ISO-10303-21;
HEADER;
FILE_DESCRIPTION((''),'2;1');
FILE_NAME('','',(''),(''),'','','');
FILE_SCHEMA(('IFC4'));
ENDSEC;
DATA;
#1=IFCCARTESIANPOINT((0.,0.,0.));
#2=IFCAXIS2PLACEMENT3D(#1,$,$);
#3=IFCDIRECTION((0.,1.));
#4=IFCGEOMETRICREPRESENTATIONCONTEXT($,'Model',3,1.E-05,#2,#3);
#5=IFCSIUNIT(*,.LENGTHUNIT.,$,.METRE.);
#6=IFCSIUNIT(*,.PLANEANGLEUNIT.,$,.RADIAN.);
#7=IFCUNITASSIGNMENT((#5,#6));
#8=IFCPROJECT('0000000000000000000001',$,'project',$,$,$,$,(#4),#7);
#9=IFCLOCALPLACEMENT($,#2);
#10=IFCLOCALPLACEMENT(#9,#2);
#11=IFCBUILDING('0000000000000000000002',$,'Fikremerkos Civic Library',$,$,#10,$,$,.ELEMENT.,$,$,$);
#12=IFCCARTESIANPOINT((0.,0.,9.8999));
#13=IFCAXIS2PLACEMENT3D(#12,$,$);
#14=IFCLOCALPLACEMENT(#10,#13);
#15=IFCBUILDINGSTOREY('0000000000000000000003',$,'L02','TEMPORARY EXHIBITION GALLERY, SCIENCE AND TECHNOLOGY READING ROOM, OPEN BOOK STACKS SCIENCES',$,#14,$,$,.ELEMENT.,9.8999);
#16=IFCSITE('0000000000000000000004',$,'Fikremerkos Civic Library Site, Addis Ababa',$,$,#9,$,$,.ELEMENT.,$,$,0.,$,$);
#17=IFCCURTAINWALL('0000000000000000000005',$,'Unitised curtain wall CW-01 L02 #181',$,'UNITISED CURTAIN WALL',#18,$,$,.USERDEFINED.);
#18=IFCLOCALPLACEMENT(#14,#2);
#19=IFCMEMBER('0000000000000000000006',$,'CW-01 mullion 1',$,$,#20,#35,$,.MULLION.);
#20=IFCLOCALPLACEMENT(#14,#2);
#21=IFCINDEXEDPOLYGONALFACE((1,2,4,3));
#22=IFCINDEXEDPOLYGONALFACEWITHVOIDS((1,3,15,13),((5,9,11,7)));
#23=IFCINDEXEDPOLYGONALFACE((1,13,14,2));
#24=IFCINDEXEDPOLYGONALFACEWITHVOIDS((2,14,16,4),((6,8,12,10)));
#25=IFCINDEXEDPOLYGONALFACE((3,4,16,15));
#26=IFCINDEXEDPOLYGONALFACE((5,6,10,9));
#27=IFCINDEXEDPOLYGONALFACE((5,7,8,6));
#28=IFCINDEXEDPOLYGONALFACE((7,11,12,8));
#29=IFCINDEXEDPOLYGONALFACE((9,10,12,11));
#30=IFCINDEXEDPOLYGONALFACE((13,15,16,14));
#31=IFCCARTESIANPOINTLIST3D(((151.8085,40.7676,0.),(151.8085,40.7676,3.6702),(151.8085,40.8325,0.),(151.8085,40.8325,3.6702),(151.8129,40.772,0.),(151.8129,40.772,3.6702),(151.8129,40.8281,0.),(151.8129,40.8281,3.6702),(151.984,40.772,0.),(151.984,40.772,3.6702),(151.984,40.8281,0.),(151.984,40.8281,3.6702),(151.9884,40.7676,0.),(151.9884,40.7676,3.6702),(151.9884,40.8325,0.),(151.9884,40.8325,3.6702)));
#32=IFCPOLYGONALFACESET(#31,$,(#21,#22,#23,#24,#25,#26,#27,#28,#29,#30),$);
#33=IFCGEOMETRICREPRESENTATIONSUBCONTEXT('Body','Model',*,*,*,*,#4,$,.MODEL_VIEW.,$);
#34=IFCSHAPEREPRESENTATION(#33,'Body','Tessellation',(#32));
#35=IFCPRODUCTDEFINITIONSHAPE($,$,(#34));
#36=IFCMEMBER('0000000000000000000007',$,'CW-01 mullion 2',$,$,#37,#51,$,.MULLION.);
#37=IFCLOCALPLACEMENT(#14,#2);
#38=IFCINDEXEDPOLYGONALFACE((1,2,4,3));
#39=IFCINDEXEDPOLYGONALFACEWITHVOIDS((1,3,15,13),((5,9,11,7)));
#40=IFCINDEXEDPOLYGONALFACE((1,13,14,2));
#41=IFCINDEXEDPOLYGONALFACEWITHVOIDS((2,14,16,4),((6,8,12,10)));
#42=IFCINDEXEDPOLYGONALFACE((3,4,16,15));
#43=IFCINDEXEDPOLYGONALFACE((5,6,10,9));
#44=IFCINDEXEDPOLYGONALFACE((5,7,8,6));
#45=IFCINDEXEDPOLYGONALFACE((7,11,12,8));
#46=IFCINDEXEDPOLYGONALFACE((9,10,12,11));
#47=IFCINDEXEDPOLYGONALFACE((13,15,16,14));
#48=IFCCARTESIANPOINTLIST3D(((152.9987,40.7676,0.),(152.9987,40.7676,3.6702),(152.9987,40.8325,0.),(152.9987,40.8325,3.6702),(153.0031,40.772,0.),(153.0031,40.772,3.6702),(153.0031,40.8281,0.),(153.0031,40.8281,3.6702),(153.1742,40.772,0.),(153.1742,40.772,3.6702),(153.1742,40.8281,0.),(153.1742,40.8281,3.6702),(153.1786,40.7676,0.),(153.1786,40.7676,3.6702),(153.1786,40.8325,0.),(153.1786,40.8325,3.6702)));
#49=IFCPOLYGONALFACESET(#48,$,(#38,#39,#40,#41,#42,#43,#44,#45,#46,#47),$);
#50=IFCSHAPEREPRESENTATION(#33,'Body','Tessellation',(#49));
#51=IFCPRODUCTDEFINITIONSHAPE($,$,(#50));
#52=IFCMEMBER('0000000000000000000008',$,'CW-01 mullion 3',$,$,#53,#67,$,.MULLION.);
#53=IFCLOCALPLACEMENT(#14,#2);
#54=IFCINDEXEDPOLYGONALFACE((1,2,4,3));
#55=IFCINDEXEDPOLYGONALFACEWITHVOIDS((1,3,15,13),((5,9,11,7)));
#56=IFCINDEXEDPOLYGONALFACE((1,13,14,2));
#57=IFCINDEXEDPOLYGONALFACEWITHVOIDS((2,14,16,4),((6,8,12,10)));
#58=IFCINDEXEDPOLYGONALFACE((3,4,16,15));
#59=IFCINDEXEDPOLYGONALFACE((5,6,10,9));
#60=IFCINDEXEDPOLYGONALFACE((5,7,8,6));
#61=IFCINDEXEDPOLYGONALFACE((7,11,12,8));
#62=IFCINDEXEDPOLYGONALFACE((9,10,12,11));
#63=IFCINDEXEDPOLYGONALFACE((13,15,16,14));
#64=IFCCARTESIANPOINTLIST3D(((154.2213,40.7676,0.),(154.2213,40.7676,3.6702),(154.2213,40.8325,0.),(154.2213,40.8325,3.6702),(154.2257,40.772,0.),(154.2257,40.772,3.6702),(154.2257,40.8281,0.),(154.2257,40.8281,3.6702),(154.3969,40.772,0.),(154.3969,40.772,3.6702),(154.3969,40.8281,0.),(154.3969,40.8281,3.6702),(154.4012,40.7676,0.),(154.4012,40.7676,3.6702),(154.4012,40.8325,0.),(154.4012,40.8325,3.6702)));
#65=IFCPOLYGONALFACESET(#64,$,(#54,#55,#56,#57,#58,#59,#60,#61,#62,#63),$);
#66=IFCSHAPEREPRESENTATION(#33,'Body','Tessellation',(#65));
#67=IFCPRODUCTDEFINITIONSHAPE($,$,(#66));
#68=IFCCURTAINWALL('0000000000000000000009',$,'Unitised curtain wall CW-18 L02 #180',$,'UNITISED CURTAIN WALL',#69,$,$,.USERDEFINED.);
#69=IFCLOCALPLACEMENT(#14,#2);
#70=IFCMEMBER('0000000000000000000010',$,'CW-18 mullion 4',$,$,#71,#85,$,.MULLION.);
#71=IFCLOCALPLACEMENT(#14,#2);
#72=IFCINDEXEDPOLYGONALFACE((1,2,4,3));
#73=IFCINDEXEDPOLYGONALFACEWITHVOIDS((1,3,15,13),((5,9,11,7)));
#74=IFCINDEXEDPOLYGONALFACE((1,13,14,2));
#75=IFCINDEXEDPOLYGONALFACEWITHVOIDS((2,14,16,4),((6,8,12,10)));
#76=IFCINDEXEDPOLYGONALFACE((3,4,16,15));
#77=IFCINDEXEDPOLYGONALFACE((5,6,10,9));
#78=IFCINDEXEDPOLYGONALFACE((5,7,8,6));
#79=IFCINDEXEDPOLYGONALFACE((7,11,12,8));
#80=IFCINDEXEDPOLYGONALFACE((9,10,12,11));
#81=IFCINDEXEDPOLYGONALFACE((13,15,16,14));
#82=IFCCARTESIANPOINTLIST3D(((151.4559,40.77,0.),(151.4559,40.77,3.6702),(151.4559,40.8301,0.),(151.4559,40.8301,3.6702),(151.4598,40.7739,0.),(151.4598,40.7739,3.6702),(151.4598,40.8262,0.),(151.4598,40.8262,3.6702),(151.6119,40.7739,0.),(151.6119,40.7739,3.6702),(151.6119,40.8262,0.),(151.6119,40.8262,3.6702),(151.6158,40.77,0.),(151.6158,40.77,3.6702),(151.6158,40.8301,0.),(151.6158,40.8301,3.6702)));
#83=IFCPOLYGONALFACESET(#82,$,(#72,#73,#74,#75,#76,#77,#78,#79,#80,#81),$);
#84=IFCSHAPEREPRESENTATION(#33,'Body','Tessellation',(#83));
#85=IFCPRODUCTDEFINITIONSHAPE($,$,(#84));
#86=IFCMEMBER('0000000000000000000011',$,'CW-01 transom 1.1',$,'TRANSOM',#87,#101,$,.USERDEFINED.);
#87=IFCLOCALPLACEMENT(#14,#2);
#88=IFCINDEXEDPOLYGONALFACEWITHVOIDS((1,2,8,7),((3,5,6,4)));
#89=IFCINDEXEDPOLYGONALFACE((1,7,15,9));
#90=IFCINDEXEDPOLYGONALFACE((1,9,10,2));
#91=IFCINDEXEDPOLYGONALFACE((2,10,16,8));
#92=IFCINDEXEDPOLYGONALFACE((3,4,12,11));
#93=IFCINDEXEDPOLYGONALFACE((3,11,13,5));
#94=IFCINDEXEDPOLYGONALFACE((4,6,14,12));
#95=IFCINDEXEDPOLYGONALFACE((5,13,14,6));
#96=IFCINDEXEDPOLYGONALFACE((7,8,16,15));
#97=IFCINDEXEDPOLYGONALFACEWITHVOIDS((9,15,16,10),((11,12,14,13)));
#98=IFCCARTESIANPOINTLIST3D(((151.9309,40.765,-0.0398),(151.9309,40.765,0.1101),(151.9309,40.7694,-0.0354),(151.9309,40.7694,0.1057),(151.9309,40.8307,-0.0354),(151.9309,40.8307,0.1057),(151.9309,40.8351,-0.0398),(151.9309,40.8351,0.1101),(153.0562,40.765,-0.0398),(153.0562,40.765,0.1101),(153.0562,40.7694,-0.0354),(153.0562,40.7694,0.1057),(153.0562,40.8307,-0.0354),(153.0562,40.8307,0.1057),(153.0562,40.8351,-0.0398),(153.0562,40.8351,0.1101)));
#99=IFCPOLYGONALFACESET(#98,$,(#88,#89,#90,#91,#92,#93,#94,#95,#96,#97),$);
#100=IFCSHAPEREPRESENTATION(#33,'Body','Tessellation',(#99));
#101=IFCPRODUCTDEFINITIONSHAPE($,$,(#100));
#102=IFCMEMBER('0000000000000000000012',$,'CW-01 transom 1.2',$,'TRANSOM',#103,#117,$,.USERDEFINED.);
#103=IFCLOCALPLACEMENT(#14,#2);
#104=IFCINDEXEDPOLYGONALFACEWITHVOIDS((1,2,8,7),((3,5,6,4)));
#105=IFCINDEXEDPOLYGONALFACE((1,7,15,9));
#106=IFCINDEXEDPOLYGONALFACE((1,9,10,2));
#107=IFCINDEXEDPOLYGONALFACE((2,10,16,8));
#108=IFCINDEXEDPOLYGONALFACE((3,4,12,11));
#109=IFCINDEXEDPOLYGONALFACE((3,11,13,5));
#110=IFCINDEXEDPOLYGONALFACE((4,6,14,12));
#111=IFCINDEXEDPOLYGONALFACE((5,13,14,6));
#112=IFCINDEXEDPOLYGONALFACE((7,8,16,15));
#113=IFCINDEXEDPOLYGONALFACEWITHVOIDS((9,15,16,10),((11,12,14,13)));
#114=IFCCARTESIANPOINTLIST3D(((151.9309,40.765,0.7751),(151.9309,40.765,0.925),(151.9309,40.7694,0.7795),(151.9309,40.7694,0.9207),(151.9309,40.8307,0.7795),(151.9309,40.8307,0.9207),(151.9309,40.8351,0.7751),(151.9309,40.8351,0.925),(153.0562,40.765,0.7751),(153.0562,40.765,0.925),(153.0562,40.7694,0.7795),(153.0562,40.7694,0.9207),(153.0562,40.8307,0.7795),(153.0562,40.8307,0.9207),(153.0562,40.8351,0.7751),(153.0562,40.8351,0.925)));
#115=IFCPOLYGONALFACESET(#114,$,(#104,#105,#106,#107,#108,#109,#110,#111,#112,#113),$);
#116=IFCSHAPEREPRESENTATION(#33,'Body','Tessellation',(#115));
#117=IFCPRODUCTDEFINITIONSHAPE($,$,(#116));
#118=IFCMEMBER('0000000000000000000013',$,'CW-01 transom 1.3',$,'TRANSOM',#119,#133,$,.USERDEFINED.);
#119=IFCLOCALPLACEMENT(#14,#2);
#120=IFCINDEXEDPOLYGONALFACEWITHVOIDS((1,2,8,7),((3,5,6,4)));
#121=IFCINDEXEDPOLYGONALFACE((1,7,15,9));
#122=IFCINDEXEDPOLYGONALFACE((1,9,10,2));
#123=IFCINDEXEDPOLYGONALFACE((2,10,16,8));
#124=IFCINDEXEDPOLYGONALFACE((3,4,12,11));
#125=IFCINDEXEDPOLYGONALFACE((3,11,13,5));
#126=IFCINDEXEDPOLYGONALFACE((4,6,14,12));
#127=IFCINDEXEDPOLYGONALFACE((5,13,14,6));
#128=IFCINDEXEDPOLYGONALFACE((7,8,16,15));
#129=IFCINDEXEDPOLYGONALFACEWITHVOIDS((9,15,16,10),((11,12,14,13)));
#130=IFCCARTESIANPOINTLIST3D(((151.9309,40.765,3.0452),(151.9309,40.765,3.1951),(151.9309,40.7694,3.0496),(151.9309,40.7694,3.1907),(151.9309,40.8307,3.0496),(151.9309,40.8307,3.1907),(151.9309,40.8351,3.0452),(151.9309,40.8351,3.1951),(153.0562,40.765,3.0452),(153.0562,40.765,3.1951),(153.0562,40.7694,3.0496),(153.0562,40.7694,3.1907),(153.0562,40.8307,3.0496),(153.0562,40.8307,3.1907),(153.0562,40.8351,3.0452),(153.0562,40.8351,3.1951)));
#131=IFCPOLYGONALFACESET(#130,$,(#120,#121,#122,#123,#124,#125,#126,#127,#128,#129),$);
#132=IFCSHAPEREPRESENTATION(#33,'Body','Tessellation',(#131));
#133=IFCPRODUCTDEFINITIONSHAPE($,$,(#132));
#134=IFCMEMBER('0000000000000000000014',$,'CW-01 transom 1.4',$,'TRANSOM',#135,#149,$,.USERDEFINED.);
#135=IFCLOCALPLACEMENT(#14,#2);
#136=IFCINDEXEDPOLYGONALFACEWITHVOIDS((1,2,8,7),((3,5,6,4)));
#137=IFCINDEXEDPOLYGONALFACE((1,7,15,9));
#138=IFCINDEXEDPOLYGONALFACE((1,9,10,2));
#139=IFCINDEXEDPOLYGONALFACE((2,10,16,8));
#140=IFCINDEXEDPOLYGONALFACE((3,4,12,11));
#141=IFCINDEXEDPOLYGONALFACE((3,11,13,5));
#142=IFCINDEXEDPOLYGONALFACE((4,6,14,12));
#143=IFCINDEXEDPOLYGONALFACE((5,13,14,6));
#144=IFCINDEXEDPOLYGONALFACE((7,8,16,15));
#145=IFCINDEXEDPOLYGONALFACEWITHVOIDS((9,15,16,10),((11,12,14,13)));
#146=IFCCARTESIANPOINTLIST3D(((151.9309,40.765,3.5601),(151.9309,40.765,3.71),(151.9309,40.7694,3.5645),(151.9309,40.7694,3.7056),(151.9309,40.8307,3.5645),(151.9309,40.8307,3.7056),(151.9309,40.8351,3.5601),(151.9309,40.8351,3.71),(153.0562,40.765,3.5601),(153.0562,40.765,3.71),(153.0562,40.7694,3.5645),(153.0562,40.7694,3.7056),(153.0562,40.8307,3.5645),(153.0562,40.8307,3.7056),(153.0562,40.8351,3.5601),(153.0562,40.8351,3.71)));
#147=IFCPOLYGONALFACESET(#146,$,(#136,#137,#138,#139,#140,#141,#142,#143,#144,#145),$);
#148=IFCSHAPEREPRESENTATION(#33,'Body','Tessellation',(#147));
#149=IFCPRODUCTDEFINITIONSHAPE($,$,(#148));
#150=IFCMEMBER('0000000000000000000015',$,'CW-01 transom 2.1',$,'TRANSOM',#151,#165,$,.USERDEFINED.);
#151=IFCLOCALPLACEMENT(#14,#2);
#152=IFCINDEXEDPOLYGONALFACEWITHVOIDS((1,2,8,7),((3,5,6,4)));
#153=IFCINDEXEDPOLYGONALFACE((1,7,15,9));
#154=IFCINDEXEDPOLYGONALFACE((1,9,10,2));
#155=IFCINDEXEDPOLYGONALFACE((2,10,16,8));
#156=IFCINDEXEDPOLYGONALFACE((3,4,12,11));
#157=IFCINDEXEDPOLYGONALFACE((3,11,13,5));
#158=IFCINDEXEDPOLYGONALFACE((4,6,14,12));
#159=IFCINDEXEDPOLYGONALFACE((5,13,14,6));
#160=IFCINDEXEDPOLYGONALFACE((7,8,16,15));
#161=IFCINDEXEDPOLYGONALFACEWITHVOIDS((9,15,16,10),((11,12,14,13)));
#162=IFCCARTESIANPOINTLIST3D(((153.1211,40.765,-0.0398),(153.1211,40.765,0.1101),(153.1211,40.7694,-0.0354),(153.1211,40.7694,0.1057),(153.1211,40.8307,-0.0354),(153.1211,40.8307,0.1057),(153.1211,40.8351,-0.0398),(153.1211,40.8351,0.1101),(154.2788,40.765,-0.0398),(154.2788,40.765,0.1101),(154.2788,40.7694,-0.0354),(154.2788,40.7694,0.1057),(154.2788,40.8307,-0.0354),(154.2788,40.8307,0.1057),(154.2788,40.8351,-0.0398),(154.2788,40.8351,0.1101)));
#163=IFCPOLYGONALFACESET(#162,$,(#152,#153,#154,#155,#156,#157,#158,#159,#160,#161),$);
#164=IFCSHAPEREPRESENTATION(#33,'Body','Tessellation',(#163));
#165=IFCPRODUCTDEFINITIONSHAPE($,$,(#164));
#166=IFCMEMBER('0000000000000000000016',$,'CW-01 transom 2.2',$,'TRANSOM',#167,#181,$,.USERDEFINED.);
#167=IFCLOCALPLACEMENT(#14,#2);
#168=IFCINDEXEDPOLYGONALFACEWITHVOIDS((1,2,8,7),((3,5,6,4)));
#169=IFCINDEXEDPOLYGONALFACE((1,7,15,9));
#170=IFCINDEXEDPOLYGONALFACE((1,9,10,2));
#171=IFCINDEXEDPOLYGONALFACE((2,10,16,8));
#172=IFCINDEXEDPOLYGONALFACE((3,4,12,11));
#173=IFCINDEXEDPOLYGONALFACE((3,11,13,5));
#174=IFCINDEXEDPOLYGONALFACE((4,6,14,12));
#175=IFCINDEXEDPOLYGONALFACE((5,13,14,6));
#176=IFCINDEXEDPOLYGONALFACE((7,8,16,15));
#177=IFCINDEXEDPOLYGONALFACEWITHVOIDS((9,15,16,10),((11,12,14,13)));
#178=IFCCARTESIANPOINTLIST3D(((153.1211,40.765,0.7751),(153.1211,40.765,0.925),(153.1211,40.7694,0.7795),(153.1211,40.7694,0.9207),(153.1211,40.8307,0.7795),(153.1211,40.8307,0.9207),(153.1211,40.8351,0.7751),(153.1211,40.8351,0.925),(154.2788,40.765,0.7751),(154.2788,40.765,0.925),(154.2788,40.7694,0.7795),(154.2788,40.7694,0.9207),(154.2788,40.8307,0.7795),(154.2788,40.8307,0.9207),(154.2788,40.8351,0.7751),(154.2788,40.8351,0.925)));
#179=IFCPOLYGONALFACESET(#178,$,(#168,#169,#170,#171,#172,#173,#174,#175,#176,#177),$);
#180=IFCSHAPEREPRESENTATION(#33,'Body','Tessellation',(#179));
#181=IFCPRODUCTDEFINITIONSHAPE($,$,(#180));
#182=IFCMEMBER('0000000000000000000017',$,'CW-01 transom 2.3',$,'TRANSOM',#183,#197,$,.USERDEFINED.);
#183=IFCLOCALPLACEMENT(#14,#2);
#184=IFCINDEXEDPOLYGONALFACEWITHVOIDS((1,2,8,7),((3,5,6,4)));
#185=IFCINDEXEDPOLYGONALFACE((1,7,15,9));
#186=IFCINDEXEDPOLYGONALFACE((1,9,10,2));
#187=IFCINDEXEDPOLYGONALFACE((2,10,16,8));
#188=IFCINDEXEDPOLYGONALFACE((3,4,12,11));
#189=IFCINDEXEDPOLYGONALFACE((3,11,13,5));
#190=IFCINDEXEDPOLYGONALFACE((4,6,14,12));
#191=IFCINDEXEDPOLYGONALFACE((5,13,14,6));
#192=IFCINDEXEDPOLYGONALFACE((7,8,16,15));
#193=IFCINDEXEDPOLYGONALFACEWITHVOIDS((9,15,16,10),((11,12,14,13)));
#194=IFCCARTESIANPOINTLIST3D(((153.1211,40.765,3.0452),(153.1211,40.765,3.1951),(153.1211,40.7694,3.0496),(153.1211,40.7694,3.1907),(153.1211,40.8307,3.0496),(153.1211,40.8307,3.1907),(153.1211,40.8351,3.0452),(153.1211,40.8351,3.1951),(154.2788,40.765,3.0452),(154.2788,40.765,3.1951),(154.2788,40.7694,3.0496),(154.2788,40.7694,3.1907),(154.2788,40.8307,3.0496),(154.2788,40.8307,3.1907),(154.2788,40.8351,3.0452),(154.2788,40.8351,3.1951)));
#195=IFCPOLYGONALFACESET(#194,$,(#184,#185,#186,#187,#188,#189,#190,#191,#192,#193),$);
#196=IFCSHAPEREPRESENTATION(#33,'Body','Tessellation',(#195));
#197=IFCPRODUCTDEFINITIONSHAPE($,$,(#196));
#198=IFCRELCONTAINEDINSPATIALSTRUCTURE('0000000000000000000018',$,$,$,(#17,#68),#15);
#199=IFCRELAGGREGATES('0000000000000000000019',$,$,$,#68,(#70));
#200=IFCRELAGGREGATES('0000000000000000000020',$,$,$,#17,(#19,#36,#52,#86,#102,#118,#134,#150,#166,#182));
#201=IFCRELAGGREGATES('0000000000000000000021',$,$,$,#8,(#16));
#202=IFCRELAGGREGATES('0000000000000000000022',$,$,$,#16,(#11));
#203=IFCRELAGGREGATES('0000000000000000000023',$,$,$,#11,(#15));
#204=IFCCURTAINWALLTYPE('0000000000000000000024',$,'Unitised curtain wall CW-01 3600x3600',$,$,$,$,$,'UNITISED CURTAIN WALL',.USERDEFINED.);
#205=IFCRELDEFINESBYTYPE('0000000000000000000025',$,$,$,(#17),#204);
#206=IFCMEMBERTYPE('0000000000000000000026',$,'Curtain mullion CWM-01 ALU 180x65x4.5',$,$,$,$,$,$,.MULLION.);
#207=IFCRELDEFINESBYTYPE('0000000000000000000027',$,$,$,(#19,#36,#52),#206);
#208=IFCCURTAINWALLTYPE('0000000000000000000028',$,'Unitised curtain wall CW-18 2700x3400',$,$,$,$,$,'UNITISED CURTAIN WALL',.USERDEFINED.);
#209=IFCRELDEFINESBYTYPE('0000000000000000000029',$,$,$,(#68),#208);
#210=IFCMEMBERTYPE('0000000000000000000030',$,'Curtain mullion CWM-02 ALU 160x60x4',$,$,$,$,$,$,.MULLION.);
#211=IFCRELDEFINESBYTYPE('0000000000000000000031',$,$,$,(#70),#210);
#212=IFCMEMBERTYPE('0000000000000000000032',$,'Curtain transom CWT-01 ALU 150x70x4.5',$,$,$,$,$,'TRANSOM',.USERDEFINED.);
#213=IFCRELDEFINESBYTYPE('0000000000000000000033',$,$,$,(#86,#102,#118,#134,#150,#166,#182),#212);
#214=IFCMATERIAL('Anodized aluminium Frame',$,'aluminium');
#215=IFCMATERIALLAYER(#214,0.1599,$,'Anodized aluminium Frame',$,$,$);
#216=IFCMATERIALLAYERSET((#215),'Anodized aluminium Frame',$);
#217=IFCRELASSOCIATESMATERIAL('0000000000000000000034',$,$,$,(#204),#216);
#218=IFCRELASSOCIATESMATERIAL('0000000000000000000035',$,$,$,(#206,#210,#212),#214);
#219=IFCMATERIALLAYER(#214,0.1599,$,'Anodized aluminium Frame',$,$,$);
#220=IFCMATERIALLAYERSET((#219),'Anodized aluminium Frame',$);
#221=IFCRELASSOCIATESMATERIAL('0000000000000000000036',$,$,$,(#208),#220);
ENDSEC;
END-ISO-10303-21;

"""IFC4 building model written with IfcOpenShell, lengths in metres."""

from ifc_helpers import new_model, si_unit, direction, frame, origin, origin_2d, place, context, subcontext, project, spatial, hollow_rectangle, extrude, material, layer, layer_set, material_profile, profile_set, type_object, element, aggregate, save


model = new_model("IFC4")

# Units and contexts
model_context = context("Model", 3, precision=1e-05, world=origin(), true_north=direction((0.0, 1.0)))
body_context = subcontext(model_context, "Body", "Model", "MODEL_VIEW")
ifc_project = project(units=[si_unit("LENGTHUNIT", "METRE"), si_unit("PLANEANGLEUNIT", "RADIAN")], contexts=[model_context])

# Site, building, storey
site_placement = place(None, origin())
site = spatial("IfcSite", under=ifc_project, at=site_placement, Name="Fikremerkos Civic Library Site, Addis Ababa", CompositionType="ELEMENT", RefElevation=0.0)
building_placement = place(site_placement, origin())
building = spatial("IfcBuilding", under=site, at=building_placement, Name="Fikremerkos Civic Library", CompositionType="ELEMENT")
storey_placement = place(building_placement, frame((0.0, 0.0, 9.8999)))
storey = spatial("IfcBuildingStorey", under=building, at=storey_placement, Name="L02", Description="TEMPORARY EXHIBITION GALLERY, SCIENCE AND TECHNOLOGY READING ROOM, OPEN BOOK STACKS SCIENCES", CompositionType="ELEMENT", Elevation=9.8999)

# Curtain wall, members
ifc_material_1 = material(Name="Anodized aluminium Frame", Category="aluminium")
ifc_layer_1 = layer(ifc_material_1, 0.1599, Name="Anodized aluminium Frame")
ifc_layer_set_1 = layer_set([ifc_layer_1], Name="Anodized aluminium Frame")
curtain_wall_type_1 = type_object("IfcCurtainWallType", Name="Unitised curtain wall CW-01 3600x3600", ElementType="UNITISED CURTAIN WALL", PredefinedType="USERDEFINED", material=ifc_layer_set_1)
curtain_wall_1_placement = place(storey_placement, origin())
curtain_wall_1 = element("IfcCurtainWall", 1, at=curtain_wall_1_placement, inside=storey, type_object=curtain_wall_type_1, Name="Unitised curtain wall CW-01 L02 #181", ObjectType="UNITISED CURTAIN WALL", PredefinedType="USERDEFINED")
ifc_material_profile_1 = material_profile(ifc_material_1, hollow_rectangle(XDim=0.0649, YDim=0.1799, WallThickness=0.0044, at=origin_2d()), Name="ALU 180x65x4.5")
ifc_profile_set_1 = profile_set([ifc_material_profile_1], Name="Anodized aluminium Frame")
member_type_1 = type_object("IfcMemberType", Name="Curtain mullion CWM-01 ALU 180x65x4.5", PredefinedType="MULLION", material=ifc_profile_set_1)
member_1_placement = place(storey_placement, frame((151.8984, 40.8, 0.0), z_axis=(0.0, 0.0, 1.0), x_axis=(0.0, 1.0, 0.0)))
member_1 = element("IfcMember", 2, at=member_1_placement, type_object=member_type_1, Name="CW-01 mullion 1", PredefinedType="MULLION", context=body_context, shape_type="SweptSolid", body=[
    extrude(hollow_rectangle(XDim=0.0649, YDim=0.1799, WallThickness=0.0044, at=origin_2d()), origin(), (0.0, 0.0, 1.0), 3.6702),
])
member_2_placement = place(storey_placement, frame((153.0886, 40.8, 0.0), z_axis=(0.0, 0.0, 1.0), x_axis=(0.0, 1.0, 0.0)))
member_2 = element("IfcMember", 3, at=member_2_placement, type_object=member_type_1, Name="CW-01 mullion 2", PredefinedType="MULLION", context=body_context, shape_type="SweptSolid", body=[
    extrude(hollow_rectangle(XDim=0.0649, YDim=0.1799, WallThickness=0.0044, at=origin_2d()), origin(), (0.0, 0.0, 1.0), 3.6702),
])
member_3_placement = place(storey_placement, frame((154.3113, 40.8, 0.0), z_axis=(0.0, 0.0, 1.0), x_axis=(0.0, 1.0, 0.0)))
member_3 = element("IfcMember", 4, at=member_3_placement, type_object=member_type_1, Name="CW-01 mullion 3", PredefinedType="MULLION", context=body_context, shape_type="SweptSolid", body=[
    extrude(hollow_rectangle(XDim=0.0649, YDim=0.1799, WallThickness=0.0044, at=origin_2d()), origin(), (0.0, 0.0, 1.0), 3.6702),
])

# Curtain wall, member
ifc_layer_2 = layer(ifc_material_1, 0.1599, Name="Anodized aluminium Frame")
ifc_layer_set_2 = layer_set([ifc_layer_2], Name="Anodized aluminium Frame")
curtain_wall_type_2 = type_object("IfcCurtainWallType", Name="Unitised curtain wall CW-18 2700x3400", ElementType="UNITISED CURTAIN WALL", PredefinedType="USERDEFINED", material=ifc_layer_set_2)
curtain_wall_2_placement = place(storey_placement, origin())
curtain_wall_2 = element("IfcCurtainWall", 5, at=curtain_wall_2_placement, inside=storey, type_object=curtain_wall_type_2, Name="Unitised curtain wall CW-18 L02 #180", ObjectType="UNITISED CURTAIN WALL", PredefinedType="USERDEFINED")
ifc_material_profile_2 = material_profile(ifc_material_1, hollow_rectangle(XDim=0.0601, YDim=0.1599, WallThickness=0.0039, at=origin_2d()), Name="ALU 160x60x4")
ifc_profile_set_2 = profile_set([ifc_material_profile_2], Name="Anodized aluminium Frame")
member_type_2 = type_object("IfcMemberType", Name="Curtain mullion CWM-02 ALU 160x60x4", PredefinedType="MULLION", material=ifc_profile_set_2)
member_4_placement = place(storey_placement, frame((151.5359, 40.8, 0.0), z_axis=(0.0, 0.0, 1.0), x_axis=(0.0, 1.0, 0.0)))
member_4 = element("IfcMember", 6, at=member_4_placement, type_object=member_type_2, Name="CW-18 mullion 4", PredefinedType="MULLION", context=body_context, shape_type="SweptSolid", body=[
    extrude(hollow_rectangle(XDim=0.0601, YDim=0.1599, WallThickness=0.0039, at=origin_2d()), origin(), (0.0, 0.0, 1.0), 3.6702),
])
aggregate(curtain_wall_2, [member_4])

# Members
ifc_material_profile_3 = material_profile(ifc_material_1, hollow_rectangle(XDim=0.0701, YDim=0.1499, WallThickness=0.0044, at=origin_2d()), Name="ALU 150x70x4.5")
ifc_profile_set_3 = profile_set([ifc_material_profile_3], Name="Anodized aluminium Frame")
member_type_3 = type_object("IfcMemberType", Name="Curtain transom CWT-01 ALU 150x70x4.5", ElementType="TRANSOM", PredefinedType="USERDEFINED", material=ifc_profile_set_3)
member_5_placement = place(storey_placement, frame((151.9309, 40.8, 0.0352), z_axis=(1.0, 0.0, 0.0), x_axis=(0.0, 1.0, 0.0)))
member_5 = element("IfcMember", 7, at=member_5_placement, type_object=member_type_3, Name="CW-01 transom 1.1", ObjectType="TRANSOM", PredefinedType="USERDEFINED", context=body_context, shape_type="SweptSolid", body=[
    extrude(hollow_rectangle(XDim=0.0701, YDim=0.1499, WallThickness=0.0044, at=origin_2d()), origin(), (0.0, 0.0, 1.0), 1.1252),
])
member_6_placement = place(storey_placement, frame((151.9309, 40.8, 0.8501), z_axis=(1.0, 0.0, 0.0), x_axis=(0.0, 1.0, 0.0)))
member_6 = element("IfcMember", 8, at=member_6_placement, type_object=member_type_3, Name="CW-01 transom 1.2", ObjectType="TRANSOM", PredefinedType="USERDEFINED", context=body_context, shape_type="SweptSolid", body=[
    extrude(hollow_rectangle(XDim=0.0701, YDim=0.1499, WallThickness=0.0044, at=origin_2d()), origin(), (0.0, 0.0, 1.0), 1.1252),
])
member_7_placement = place(storey_placement, frame((151.9309, 40.8, 3.1201), z_axis=(1.0, 0.0, 0.0), x_axis=(0.0, 1.0, 0.0)))
member_7 = element("IfcMember", 9, at=member_7_placement, type_object=member_type_3, Name="CW-01 transom 1.3", ObjectType="TRANSOM", PredefinedType="USERDEFINED", context=body_context, shape_type="SweptSolid", body=[
    extrude(hollow_rectangle(XDim=0.0701, YDim=0.1499, WallThickness=0.0044, at=origin_2d()), origin(), (0.0, 0.0, 1.0), 1.1252),
])
member_8_placement = place(storey_placement, frame((151.9309, 40.8, 3.635), z_axis=(1.0, 0.0, 0.0), x_axis=(0.0, 1.0, 0.0)))
member_8 = element("IfcMember", 10, at=member_8_placement, type_object=member_type_3, Name="CW-01 transom 1.4", ObjectType="TRANSOM", PredefinedType="USERDEFINED", context=body_context, shape_type="SweptSolid", body=[
    extrude(hollow_rectangle(XDim=0.0701, YDim=0.1499, WallThickness=0.0044, at=origin_2d()), origin(), (0.0, 0.0, 1.0), 1.1252),
])
member_9_placement = place(storey_placement, frame((153.1211, 40.8, 0.0352), z_axis=(1.0, 0.0, 0.0), x_axis=(0.0, 1.0, 0.0)))
member_9 = element("IfcMember", 11, at=member_9_placement, type_object=member_type_3, Name="CW-01 transom 2.1", ObjectType="TRANSOM", PredefinedType="USERDEFINED", context=body_context, shape_type="SweptSolid", body=[
    extrude(hollow_rectangle(XDim=0.0701, YDim=0.1499, WallThickness=0.0044, at=origin_2d()), origin(), (0.0, 0.0, 1.0), 1.1577),
])
member_10_placement = place(storey_placement, frame((153.1211, 40.8, 0.8501), z_axis=(1.0, 0.0, 0.0), x_axis=(0.0, 1.0, 0.0)))
member_10 = element("IfcMember", 12, at=member_10_placement, type_object=member_type_3, Name="CW-01 transom 2.2", ObjectType="TRANSOM", PredefinedType="USERDEFINED", context=body_context, shape_type="SweptSolid", body=[
    extrude(hollow_rectangle(XDim=0.0701, YDim=0.1499, WallThickness=0.0044, at=origin_2d()), origin(), (0.0, 0.0, 1.0), 1.1577),
])
member_11_placement = place(storey_placement, frame((153.1211, 40.8, 3.1201), z_axis=(1.0, 0.0, 0.0), x_axis=(0.0, 1.0, 0.0)))
member_11 = element("IfcMember", 13, at=member_11_placement, type_object=member_type_3, Name="CW-01 transom 2.3", ObjectType="TRANSOM", PredefinedType="USERDEFINED", context=body_context, shape_type="SweptSolid", body=[
    extrude(hollow_rectangle(XDim=0.0701, YDim=0.1499, WallThickness=0.0044, at=origin_2d()), origin(), (0.0, 0.0, 1.0), 1.1577),
])

aggregate(curtain_wall_1, [member_1, member_2, member_3, member_5, member_6, member_7, member_8, member_9, member_10, member_11])

save(model, "model.ifc")
